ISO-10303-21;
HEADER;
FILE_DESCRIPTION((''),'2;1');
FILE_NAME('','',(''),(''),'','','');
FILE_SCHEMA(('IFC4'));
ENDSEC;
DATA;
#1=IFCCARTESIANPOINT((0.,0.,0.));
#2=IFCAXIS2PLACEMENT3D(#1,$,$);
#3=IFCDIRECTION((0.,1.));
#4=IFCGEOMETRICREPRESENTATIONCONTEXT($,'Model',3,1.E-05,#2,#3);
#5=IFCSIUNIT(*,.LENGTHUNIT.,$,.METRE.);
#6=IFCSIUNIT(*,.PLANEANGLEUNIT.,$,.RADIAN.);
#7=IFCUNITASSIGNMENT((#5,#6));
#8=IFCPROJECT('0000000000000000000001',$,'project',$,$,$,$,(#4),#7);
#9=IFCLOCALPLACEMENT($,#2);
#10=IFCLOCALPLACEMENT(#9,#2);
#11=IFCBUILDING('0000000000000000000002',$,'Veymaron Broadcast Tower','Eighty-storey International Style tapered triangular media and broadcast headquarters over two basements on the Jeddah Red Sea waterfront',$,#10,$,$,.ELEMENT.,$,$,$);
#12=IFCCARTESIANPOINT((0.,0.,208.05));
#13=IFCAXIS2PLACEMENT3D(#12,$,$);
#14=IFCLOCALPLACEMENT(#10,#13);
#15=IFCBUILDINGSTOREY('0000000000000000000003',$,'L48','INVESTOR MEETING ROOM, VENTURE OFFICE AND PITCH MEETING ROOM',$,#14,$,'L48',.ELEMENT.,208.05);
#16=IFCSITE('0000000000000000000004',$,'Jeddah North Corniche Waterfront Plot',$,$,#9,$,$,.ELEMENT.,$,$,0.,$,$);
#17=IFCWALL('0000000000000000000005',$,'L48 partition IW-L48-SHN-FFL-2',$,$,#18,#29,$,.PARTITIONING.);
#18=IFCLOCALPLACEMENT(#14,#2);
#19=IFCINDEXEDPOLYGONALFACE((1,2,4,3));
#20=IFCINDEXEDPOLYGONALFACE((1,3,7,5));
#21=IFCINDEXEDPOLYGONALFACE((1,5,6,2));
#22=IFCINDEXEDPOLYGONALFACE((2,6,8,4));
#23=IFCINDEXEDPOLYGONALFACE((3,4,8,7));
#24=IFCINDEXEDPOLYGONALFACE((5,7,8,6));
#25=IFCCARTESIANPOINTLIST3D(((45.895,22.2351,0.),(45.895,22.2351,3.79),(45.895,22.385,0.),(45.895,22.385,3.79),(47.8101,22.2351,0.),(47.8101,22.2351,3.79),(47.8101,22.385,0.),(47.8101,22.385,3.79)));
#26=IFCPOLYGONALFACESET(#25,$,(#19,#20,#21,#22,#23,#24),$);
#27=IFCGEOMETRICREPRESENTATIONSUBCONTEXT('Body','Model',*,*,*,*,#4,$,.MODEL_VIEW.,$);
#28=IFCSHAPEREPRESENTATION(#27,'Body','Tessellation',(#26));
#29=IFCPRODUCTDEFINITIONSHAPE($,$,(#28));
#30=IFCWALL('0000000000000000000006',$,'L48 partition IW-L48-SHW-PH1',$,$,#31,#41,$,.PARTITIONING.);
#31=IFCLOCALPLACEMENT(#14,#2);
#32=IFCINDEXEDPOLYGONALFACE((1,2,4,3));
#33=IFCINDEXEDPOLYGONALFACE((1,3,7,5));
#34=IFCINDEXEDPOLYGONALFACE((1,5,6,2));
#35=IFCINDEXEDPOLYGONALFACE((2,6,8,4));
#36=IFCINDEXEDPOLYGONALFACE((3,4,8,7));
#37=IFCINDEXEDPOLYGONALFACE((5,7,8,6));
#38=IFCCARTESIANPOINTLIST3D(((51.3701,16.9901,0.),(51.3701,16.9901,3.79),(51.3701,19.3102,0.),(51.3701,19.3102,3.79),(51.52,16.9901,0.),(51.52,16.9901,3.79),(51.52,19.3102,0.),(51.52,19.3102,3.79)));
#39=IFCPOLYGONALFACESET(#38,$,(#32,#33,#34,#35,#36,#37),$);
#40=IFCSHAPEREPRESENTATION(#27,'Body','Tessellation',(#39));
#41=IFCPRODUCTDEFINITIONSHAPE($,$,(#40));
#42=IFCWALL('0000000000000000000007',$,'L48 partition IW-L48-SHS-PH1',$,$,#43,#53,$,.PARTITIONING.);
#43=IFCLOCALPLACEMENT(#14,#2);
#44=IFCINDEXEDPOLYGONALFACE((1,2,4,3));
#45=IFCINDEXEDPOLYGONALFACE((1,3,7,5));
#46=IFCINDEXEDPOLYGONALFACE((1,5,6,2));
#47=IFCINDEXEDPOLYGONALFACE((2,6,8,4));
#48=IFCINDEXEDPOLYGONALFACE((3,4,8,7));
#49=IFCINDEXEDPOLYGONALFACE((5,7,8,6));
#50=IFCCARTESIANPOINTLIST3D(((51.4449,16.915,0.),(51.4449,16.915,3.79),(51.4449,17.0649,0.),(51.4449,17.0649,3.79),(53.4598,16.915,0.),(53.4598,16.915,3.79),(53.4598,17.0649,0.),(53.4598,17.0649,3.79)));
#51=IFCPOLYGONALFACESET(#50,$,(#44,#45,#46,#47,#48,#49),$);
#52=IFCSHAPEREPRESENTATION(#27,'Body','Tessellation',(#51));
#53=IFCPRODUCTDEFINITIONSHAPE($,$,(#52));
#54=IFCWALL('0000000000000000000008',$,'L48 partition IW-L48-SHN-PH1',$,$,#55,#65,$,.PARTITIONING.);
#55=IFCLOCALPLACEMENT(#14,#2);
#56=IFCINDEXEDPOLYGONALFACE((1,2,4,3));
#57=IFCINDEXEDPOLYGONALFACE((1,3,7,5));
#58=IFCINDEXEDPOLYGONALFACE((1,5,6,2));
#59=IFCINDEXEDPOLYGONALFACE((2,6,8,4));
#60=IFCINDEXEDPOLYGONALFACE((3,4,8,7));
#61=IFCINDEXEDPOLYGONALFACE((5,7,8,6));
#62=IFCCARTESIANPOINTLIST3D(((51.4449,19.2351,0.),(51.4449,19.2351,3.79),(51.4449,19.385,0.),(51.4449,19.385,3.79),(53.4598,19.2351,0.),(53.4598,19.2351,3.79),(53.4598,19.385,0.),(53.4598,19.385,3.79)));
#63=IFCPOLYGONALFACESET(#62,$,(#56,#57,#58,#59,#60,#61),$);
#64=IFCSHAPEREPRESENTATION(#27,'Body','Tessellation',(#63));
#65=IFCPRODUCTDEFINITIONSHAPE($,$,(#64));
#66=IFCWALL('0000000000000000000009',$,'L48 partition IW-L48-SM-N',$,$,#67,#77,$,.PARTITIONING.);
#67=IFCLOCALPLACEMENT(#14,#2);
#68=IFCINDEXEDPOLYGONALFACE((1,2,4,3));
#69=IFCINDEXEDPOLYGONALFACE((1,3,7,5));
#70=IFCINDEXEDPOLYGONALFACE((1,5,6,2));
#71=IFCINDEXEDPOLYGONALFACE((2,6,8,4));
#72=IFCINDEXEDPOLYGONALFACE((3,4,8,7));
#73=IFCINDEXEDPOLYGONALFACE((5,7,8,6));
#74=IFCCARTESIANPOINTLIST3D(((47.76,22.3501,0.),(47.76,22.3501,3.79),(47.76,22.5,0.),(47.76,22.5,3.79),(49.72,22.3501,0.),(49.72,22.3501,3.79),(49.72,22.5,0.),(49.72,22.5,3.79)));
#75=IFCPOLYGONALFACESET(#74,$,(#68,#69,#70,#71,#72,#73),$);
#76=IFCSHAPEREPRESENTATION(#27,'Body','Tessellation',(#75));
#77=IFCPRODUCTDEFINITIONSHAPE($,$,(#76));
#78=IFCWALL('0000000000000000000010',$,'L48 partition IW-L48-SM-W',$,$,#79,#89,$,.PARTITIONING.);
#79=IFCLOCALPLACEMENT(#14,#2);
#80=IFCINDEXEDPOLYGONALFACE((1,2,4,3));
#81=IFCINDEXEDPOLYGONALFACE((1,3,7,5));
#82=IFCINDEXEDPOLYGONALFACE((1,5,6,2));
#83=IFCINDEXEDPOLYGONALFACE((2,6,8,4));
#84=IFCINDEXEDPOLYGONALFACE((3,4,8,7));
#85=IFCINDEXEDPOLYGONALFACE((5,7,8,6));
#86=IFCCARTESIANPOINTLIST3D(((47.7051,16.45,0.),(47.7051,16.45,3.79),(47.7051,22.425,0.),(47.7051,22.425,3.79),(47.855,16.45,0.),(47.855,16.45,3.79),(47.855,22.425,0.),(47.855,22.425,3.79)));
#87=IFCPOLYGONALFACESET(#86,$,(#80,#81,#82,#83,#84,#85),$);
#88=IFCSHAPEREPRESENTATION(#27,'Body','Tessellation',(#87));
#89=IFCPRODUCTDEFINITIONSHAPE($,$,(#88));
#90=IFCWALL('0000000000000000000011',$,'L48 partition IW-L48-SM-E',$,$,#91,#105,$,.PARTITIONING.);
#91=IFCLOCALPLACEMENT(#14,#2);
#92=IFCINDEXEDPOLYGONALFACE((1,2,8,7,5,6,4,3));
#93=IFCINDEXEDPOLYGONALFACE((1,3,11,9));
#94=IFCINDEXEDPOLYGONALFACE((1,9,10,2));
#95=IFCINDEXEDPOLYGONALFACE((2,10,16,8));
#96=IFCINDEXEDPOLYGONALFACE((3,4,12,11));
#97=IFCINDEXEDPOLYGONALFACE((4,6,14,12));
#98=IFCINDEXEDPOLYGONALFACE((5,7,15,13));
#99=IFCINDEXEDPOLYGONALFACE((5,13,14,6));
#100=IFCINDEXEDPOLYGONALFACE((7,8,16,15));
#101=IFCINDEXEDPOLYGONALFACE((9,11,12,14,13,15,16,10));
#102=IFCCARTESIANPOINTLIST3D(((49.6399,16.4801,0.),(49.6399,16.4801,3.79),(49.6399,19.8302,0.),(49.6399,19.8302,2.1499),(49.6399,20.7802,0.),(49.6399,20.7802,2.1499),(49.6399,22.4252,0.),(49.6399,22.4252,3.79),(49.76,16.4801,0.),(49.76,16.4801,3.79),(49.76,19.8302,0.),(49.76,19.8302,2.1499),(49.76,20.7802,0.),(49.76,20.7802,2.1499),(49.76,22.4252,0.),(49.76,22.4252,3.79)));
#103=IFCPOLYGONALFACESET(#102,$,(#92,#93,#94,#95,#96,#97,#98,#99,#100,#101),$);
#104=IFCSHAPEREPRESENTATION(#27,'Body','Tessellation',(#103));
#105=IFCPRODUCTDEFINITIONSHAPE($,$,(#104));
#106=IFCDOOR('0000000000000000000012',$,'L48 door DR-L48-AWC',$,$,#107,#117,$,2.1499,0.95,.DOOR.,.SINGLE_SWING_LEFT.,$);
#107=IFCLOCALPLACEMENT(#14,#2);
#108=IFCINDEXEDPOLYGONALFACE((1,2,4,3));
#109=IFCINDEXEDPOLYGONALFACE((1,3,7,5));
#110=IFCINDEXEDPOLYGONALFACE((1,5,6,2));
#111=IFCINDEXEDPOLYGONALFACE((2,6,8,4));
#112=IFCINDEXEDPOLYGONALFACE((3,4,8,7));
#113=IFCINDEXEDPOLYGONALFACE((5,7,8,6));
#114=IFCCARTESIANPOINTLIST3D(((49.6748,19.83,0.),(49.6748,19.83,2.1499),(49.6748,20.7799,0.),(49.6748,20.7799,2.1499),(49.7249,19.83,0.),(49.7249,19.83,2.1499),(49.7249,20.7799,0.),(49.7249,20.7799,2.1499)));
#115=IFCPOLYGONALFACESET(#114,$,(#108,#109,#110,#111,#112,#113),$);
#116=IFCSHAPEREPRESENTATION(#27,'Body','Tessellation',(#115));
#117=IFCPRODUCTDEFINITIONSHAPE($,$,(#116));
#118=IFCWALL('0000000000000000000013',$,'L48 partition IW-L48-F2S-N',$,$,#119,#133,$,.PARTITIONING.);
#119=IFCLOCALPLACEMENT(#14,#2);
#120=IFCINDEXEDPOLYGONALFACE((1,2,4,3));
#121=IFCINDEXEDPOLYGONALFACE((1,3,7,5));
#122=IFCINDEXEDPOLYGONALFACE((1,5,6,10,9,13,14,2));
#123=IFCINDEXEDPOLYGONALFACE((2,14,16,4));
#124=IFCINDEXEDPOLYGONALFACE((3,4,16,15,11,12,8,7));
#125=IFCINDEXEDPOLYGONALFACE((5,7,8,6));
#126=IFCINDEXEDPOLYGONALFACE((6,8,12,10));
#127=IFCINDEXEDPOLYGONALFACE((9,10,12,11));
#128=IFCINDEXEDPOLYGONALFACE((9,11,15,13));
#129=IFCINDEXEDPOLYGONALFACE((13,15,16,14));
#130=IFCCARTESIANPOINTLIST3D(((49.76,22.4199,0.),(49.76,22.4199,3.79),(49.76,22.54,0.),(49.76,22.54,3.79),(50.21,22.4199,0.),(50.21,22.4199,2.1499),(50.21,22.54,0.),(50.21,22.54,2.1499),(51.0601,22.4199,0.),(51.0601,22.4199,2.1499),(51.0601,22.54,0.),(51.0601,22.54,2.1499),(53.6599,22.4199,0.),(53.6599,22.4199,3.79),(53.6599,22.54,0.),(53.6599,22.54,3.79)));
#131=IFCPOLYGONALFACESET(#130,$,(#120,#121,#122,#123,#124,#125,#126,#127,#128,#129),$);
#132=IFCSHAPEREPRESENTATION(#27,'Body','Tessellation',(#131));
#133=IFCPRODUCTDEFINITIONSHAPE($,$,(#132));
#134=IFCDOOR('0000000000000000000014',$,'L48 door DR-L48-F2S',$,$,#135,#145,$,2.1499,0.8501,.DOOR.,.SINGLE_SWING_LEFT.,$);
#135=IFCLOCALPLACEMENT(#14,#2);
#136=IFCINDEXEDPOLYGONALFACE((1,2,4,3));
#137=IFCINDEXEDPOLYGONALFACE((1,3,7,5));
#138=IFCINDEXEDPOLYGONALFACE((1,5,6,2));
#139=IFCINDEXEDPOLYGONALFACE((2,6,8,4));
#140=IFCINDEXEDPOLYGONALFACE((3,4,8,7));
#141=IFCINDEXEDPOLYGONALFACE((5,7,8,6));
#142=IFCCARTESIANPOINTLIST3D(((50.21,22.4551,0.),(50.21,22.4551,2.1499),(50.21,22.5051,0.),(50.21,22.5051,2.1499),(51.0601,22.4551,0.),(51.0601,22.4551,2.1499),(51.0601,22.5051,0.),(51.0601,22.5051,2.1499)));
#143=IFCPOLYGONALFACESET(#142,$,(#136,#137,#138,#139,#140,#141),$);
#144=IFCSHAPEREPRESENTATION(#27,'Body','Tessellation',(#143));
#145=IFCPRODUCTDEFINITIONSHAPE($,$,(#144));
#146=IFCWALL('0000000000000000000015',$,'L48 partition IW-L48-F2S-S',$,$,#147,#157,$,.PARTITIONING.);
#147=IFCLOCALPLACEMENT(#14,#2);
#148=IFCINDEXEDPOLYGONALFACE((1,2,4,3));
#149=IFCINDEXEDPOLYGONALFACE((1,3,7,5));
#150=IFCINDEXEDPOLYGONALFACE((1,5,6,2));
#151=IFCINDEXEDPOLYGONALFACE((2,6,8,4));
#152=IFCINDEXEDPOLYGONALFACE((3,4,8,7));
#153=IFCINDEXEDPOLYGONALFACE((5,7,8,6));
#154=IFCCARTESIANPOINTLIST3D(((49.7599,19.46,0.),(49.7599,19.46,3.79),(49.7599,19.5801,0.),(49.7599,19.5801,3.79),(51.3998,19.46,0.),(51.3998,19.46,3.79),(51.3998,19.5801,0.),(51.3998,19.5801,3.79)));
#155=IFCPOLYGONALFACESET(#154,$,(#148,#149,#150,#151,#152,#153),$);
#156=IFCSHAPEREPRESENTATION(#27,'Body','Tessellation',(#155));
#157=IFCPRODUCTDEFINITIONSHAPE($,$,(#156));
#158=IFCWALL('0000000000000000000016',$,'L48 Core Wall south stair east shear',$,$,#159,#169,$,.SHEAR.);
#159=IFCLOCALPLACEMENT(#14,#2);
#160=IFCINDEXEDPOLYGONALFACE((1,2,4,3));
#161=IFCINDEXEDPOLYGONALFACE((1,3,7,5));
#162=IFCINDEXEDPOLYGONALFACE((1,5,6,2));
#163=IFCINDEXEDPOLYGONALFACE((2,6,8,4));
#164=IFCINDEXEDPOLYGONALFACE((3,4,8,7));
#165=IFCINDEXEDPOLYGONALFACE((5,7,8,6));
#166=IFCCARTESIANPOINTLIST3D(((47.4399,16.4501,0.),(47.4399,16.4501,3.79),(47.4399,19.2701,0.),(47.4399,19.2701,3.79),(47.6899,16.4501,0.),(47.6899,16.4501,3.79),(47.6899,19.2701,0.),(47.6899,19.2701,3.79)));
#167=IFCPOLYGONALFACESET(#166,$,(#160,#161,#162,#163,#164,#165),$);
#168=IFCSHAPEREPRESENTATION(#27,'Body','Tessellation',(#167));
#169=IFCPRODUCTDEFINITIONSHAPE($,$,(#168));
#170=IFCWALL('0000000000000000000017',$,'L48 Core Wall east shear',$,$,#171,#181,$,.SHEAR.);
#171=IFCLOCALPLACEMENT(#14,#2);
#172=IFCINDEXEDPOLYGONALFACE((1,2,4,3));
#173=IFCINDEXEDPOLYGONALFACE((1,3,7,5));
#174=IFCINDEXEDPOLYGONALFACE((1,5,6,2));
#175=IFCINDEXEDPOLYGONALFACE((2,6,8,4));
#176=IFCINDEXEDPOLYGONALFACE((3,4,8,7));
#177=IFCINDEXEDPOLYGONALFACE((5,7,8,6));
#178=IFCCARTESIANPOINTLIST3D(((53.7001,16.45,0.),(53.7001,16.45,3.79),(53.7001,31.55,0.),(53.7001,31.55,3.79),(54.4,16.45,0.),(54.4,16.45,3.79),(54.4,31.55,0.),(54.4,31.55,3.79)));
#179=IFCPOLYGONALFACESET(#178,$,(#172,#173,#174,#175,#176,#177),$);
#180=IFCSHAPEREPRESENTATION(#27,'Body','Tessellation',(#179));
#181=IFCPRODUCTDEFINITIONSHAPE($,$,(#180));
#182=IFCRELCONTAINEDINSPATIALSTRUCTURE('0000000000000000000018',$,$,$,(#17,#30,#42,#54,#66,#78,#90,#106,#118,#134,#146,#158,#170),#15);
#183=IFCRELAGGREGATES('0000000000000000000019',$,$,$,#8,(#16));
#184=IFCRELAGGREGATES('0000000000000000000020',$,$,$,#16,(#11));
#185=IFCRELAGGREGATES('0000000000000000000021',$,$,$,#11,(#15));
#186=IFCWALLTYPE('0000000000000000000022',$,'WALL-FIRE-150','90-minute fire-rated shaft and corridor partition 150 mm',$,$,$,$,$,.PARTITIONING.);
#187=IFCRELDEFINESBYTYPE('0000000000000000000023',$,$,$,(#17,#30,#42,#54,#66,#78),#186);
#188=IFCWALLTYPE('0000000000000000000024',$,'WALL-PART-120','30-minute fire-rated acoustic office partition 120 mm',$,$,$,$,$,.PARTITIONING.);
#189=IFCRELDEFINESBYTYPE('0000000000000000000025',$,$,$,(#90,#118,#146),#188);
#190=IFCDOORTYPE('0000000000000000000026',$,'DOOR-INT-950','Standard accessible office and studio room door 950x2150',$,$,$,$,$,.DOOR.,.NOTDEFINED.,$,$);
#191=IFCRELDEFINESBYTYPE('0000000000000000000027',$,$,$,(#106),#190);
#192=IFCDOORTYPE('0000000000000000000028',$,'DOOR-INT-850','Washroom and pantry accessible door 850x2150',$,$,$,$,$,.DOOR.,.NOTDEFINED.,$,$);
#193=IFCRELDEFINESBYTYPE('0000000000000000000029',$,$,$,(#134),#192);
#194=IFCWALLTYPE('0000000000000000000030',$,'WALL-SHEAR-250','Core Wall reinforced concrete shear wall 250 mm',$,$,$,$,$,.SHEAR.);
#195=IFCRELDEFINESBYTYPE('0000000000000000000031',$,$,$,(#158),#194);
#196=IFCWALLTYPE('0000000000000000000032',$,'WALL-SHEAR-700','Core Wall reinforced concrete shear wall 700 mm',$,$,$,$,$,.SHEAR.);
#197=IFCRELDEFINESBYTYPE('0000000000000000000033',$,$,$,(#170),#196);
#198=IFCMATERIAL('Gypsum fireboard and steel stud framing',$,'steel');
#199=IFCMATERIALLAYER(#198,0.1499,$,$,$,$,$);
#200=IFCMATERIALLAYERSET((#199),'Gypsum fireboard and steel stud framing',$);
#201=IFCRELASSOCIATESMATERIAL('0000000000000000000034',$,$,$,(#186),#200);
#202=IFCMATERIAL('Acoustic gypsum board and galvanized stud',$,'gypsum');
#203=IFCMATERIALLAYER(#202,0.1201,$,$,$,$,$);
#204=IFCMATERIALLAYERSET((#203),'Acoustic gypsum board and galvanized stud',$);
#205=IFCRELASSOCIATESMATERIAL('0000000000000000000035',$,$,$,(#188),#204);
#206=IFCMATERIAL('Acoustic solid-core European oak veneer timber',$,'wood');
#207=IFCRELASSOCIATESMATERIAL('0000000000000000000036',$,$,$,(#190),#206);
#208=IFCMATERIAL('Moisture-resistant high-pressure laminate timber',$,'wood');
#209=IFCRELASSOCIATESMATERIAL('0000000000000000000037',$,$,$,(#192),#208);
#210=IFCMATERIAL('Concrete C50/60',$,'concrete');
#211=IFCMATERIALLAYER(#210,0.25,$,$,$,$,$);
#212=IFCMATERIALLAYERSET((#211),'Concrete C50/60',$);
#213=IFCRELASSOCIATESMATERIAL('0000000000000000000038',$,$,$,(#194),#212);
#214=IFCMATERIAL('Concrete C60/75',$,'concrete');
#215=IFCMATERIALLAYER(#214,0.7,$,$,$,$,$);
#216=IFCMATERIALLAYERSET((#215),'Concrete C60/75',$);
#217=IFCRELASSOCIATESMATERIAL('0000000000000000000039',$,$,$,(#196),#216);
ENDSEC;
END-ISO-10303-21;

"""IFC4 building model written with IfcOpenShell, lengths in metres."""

from ifc_helpers import new_model, si_unit, direction, frame, frame_2d, origin, place, context, subcontext, project, spatial, rectangle, extrude, material, layer, layer_set, type_object, element, fill, save


model = new_model("IFC4")

# Units and contexts
model_context = context("Model", 3, precision=1e-05, world=origin(), true_north=direction((0.0, 1.0)))
body_context = subcontext(model_context, "Body", "Model", "MODEL_VIEW")
ifc_project = project(units=[si_unit("LENGTHUNIT", "METRE"), si_unit("PLANEANGLEUNIT", "RADIAN")], contexts=[model_context])

# Site, building, storey
site_placement = place(None, origin())
site = spatial("IfcSite", under=ifc_project, at=site_placement, Name="Jeddah North Corniche Waterfront Plot", CompositionType="ELEMENT", RefElevation=0.0)
building_placement = place(site_placement, origin())
building = spatial("IfcBuilding", under=site, at=building_placement, Name="Veymaron Broadcast Tower", Description="Eighty-storey International Style tapered triangular media and broadcast headquarters over two basements on the Jeddah Red Sea waterfront", CompositionType="ELEMENT")
storey_placement = place(building_placement, frame((0.0, 0.0, 208.05)))
storey = spatial("IfcBuildingStorey", under=building, at=storey_placement, Name="L48", Description="INVESTOR MEETING ROOM, VENTURE OFFICE AND PITCH MEETING ROOM", LongName="L48", CompositionType="ELEMENT", Elevation=208.05)

# Shared definitions
ifc_material_1 = material(Name="Gypsum fireboard and steel stud framing", Category="steel")
ifc_layer_1 = layer(ifc_material_1, 0.1499)
ifc_layer_set_1 = layer_set([ifc_layer_1], Name="Gypsum fireboard and steel stud framing")
wall_type_1 = type_object("IfcWallType", Name="WALL-FIRE-150", Description="90-minute fire-rated shaft and corridor partition 150 mm", PredefinedType="PARTITIONING", material=ifc_layer_set_1)

# Wall
wall_1_placement = place(storey_placement, frame((45.895, 22.3101, 0.0), z_axis=(0.0, 0.0, 1.0), x_axis=(1.0, 0.0, 0.0)))
element("IfcWall", 1, at=wall_1_placement, inside=storey, type_object=wall_type_1, Name="L48 partition IW-L48-SHN-FFL-2", PredefinedType="PARTITIONING", context=body_context, shape_type="SweptSolid", body=[
    extrude(rectangle(XDim=1.915, YDim=0.1499, at=frame_2d((0.9575, 0.0))), origin(), (0.0, 0.0, 1.0), 3.79),
])

# Walls
wall_2_placement = place(storey_placement, frame((51.4451, 16.99, 0.0), z_axis=(0.0, 0.0, 1.0), x_axis=(0.0, 1.0, 0.0)))
element("IfcWall", 2, at=wall_2_placement, inside=storey, type_object=wall_type_1, Name="L48 partition IW-L48-SHW-PH1", PredefinedType="PARTITIONING", context=body_context, shape_type="SweptSolid", body=[
    extrude(rectangle(XDim=2.3201, YDim=0.1499, at=frame_2d((1.1602, 0.0))), origin(), (0.0, 0.0, 1.0), 3.79),
])
for number, where, z_axis, x_axis, name in (
    (3, (51.4451, 16.99, 0.0), (0.0, 0.0, 1.0), (1.0, 0.0, 0.0), "L48 partition IW-L48-SHS-PH1"),
    (4, (51.4451, 19.3101, 0.0), (0.0, 0.0, 1.0), (1.0, 0.0, 0.0), "L48 partition IW-L48-SHN-PH1"),
):
    element("IfcWall", number, at=place(storey_placement, frame(where, z_axis=z_axis, x_axis=x_axis)), inside=storey, type_object=wall_type_1, Name=name, PredefinedType="PARTITIONING", context=body_context, shape_type="SweptSolid", body=[
        extrude(rectangle(XDim=2.0149, YDim=0.1499, at=frame_2d((1.0073, 0.0))), origin(), (0.0, 0.0, 1.0), 3.79),
    ])

# Walls
wall_3_placement = place(storey_placement, frame((47.76, 22.425, 0.0), z_axis=(0.0, 0.0, 1.0), x_axis=(1.0, 0.0, 0.0)))
element("IfcWall", 5, at=wall_3_placement, inside=storey, type_object=wall_type_1, Name="L48 partition IW-L48-SM-N", PredefinedType="PARTITIONING", context=body_context, shape_type="SweptSolid", body=[
    extrude(rectangle(XDim=1.96, YDim=0.1499, at=frame_2d((0.98, 0.0))), origin(), (0.0, 0.0, 1.0), 3.79),
])
wall_4_placement = place(storey_placement, frame((47.78, 16.45, 0.0), z_axis=(0.0, 0.0, 1.0), x_axis=(0.0, 1.0, 0.0)))
element("IfcWall", 6, at=wall_4_placement, inside=storey, type_object=wall_type_1, Name="L48 partition IW-L48-SM-W", PredefinedType="PARTITIONING", context=body_context, shape_type="SweptSolid", body=[
    extrude(rectangle(XDim=5.9751, YDim=0.1499, at=frame_2d((2.9875, 0.0))), origin(), (0.0, 0.0, 1.0), 3.79),
])

# Walls, openings, doors
ifc_material_2 = material(Name="Acoustic gypsum board and galvanized stud", Category="gypsum")
ifc_layer_2 = layer(ifc_material_2, 0.1201)
ifc_layer_set_2 = layer_set([ifc_layer_2], Name="Acoustic gypsum board and galvanized stud")
wall_type_2 = type_object("IfcWallType", Name="WALL-PART-120", Description="30-minute fire-rated acoustic office partition 120 mm", PredefinedType="PARTITIONING", material=ifc_layer_set_2)
wall_5_placement = place(storey_placement, frame((49.7, 16.48, 0.0), z_axis=(0.0, 0.0, 1.0), x_axis=(0.0, 1.0, 0.0)))
wall_5 = element("IfcWall", 7, at=wall_5_placement, inside=storey, type_object=wall_type_2, Name="L48 partition IW-L48-SM-E", PredefinedType="PARTITIONING", context=body_context, shape_type="SweptSolid", body=[
    extrude(rectangle(XDim=5.9451, YDim=0.1201, at=frame_2d((2.9727, 0.0))), origin(), (0.0, 0.0, 1.0), 3.79),
])
opening_1_placement = place(wall_5_placement, frame((3.3501, 0.0, 0.0)))
opening_1 = element("IfcOpeningElement", 8, at=opening_1_placement, cuts=wall_5, PredefinedType="OPENING", context=body_context, shape_type="SweptSolid", body=[
    extrude(rectangle(XDim=0.95, YDim=2.1499, at=frame_2d((0.4751, 1.075))), frame((0.0, 0.0701, 0.0), z_axis=(0.0, -1.0, 0.0), x_axis=(1.0, 0.0, 0.0)), (0.0, 0.0, 1.0), 0.1401),
])
ifc_material_3 = material(Name="Acoustic solid-core European oak veneer timber", Category="wood")
door_type_1 = type_object("IfcDoorType", Name="DOOR-INT-950", Description="Standard accessible office and studio room door 950x2150", OperationType="NOTDEFINED", PredefinedType="DOOR", material=ifc_material_3)
door_1_placement = place(opening_1_placement, frame((0.95, 0.0, 0.0), z_axis=(0.0, 0.0, 1.0), x_axis=(-1.0, 0.0, 0.0)))
door_1 = element("IfcDoor", 9, at=door_1_placement, inside=storey, type_object=door_type_1, Name="L48 door DR-L48-AWC", OperationType="SINGLE_SWING_LEFT", OverallHeight=2.1499, OverallWidth=0.95, PredefinedType="DOOR", context=body_context, shape_type="SweptSolid", body=[
    extrude(rectangle(XDim=0.95, YDim=2.1499, at=frame_2d((0.4751, 1.075))), frame((0.0, 0.0249, 0.0), z_axis=(0.0, -1.0, 0.0), x_axis=(1.0, 0.0, 0.0)), (0.0, 0.0, 1.0), 0.05),
])
fill(opening_1, door_1)
wall_6_placement = place(storey_placement, frame((49.76, 22.48, 0.0), z_axis=(0.0, 0.0, 1.0), x_axis=(1.0, 0.0, 0.0)))
wall_6 = element("IfcWall", 10, at=wall_6_placement, inside=storey, type_object=wall_type_2, Name="L48 partition IW-L48-F2S-N", PredefinedType="PARTITIONING", context=body_context, shape_type="SweptSolid", body=[
    extrude(rectangle(XDim=3.8999, YDim=0.1201, at=frame_2d((1.95, 0.0))), origin(), (0.0, 0.0, 1.0), 3.79),
])
opening_2_placement = place(wall_6_placement, frame((0.45, 0.0, 0.0)))
opening_2 = element("IfcOpeningElement", 11, at=opening_2_placement, cuts=wall_6, PredefinedType="OPENING", context=body_context, shape_type="SweptSolid", body=[
    extrude(rectangle(XDim=0.8501, YDim=2.1499, at=frame_2d((0.425, 1.075))), frame((0.0, 0.0701, 0.0), z_axis=(0.0, -1.0, 0.0), x_axis=(1.0, 0.0, 0.0)), (0.0, 0.0, 1.0), 0.1401),
])
ifc_material_4 = material(Name="Moisture-resistant high-pressure laminate timber", Category="wood")
door_type_2 = type_object("IfcDoorType", Name="DOOR-INT-850", Description="Washroom and pantry accessible door 850x2150", OperationType="NOTDEFINED", PredefinedType="DOOR", material=ifc_material_4)
door_2_placement = place(opening_2_placement, frame((0.8501, 0.0, 0.0), z_axis=(0.0, 0.0, 1.0), x_axis=(-1.0, 0.0, 0.0)))
door_2 = element("IfcDoor", 12, at=door_2_placement, inside=storey, type_object=door_type_2, Name="L48 door DR-L48-F2S", OperationType="SINGLE_SWING_LEFT", OverallHeight=2.1499, OverallWidth=0.8501, PredefinedType="DOOR", context=body_context, shape_type="SweptSolid", body=[
    extrude(rectangle(XDim=0.8501, YDim=2.1499, at=frame_2d((0.425, 1.075))), frame((0.0, 0.0249, 0.0), z_axis=(0.0, -1.0, 0.0), x_axis=(1.0, 0.0, 0.0)), (0.0, 0.0, 1.0), 0.05),
])
fill(opening_2, door_2)

# Walls
wall_7_placement = place(storey_placement, frame((49.76, 19.52, 0.0), z_axis=(0.0, 0.0, 1.0), x_axis=(1.0, 0.0, 0.0)))
element("IfcWall", 13, at=wall_7_placement, inside=storey, type_object=wall_type_2, Name="L48 partition IW-L48-F2S-S", PredefinedType="PARTITIONING", context=body_context, shape_type="SweptSolid", body=[
    extrude(rectangle(XDim=1.6399, YDim=0.1201, at=frame_2d((0.8198, 0.0))), origin(), (0.0, 0.0, 1.0), 3.79),
])
ifc_material_5 = material(Name="Concrete C50/60", Category="concrete")
ifc_layer_3 = layer(ifc_material_5, 0.25)
ifc_layer_set_3 = layer_set([ifc_layer_3], Name="Concrete C50/60")
wall_type_3 = type_object("IfcWallType", Name="WALL-SHEAR-250", Description="Core Wall reinforced concrete shear wall 250 mm", PredefinedType="SHEAR", material=ifc_layer_set_3)
wall_8_placement = place(storey_placement, frame((47.5649, 16.45, 0.0), z_axis=(0.0, 0.0, 1.0), x_axis=(0.0, 1.0, 0.0)))
element("IfcWall", 14, at=wall_8_placement, inside=storey, type_object=wall_type_3, Name="L48 Core Wall south stair east shear", PredefinedType="SHEAR", context=body_context, shape_type="SweptSolid", body=[
    extrude(rectangle(XDim=2.8201, YDim=0.25, at=frame_2d((1.4102, 0.0))), origin(), (0.0, 0.0, 1.0), 3.79),
])
ifc_material_6 = material(Name="Concrete C60/75", Category="concrete")
ifc_layer_4 = layer(ifc_material_6, 0.7)
ifc_layer_set_4 = layer_set([ifc_layer_4], Name="Concrete C60/75")
wall_type_4 = type_object("IfcWallType", Name="WALL-SHEAR-700", Description="Core Wall reinforced concrete shear wall 700 mm", PredefinedType="SHEAR", material=ifc_layer_set_4)
wall_9_placement = place(storey_placement, frame((54.05, 16.45, 0.0), z_axis=(0.0, 0.0, 1.0), x_axis=(0.0, 1.0, 0.0)))
element("IfcWall", 15, at=wall_9_placement, inside=storey, type_object=wall_type_4, Name="L48 Core Wall east shear", PredefinedType="SHEAR", context=body_context, shape_type="SweptSolid", body=[
    extrude(rectangle(XDim=15.1001, YDim=0.7, at=frame_2d((7.55, 0.0))), origin(), (0.0, 0.0, 1.0), 3.79),
])

save(model, "model.ifc")
